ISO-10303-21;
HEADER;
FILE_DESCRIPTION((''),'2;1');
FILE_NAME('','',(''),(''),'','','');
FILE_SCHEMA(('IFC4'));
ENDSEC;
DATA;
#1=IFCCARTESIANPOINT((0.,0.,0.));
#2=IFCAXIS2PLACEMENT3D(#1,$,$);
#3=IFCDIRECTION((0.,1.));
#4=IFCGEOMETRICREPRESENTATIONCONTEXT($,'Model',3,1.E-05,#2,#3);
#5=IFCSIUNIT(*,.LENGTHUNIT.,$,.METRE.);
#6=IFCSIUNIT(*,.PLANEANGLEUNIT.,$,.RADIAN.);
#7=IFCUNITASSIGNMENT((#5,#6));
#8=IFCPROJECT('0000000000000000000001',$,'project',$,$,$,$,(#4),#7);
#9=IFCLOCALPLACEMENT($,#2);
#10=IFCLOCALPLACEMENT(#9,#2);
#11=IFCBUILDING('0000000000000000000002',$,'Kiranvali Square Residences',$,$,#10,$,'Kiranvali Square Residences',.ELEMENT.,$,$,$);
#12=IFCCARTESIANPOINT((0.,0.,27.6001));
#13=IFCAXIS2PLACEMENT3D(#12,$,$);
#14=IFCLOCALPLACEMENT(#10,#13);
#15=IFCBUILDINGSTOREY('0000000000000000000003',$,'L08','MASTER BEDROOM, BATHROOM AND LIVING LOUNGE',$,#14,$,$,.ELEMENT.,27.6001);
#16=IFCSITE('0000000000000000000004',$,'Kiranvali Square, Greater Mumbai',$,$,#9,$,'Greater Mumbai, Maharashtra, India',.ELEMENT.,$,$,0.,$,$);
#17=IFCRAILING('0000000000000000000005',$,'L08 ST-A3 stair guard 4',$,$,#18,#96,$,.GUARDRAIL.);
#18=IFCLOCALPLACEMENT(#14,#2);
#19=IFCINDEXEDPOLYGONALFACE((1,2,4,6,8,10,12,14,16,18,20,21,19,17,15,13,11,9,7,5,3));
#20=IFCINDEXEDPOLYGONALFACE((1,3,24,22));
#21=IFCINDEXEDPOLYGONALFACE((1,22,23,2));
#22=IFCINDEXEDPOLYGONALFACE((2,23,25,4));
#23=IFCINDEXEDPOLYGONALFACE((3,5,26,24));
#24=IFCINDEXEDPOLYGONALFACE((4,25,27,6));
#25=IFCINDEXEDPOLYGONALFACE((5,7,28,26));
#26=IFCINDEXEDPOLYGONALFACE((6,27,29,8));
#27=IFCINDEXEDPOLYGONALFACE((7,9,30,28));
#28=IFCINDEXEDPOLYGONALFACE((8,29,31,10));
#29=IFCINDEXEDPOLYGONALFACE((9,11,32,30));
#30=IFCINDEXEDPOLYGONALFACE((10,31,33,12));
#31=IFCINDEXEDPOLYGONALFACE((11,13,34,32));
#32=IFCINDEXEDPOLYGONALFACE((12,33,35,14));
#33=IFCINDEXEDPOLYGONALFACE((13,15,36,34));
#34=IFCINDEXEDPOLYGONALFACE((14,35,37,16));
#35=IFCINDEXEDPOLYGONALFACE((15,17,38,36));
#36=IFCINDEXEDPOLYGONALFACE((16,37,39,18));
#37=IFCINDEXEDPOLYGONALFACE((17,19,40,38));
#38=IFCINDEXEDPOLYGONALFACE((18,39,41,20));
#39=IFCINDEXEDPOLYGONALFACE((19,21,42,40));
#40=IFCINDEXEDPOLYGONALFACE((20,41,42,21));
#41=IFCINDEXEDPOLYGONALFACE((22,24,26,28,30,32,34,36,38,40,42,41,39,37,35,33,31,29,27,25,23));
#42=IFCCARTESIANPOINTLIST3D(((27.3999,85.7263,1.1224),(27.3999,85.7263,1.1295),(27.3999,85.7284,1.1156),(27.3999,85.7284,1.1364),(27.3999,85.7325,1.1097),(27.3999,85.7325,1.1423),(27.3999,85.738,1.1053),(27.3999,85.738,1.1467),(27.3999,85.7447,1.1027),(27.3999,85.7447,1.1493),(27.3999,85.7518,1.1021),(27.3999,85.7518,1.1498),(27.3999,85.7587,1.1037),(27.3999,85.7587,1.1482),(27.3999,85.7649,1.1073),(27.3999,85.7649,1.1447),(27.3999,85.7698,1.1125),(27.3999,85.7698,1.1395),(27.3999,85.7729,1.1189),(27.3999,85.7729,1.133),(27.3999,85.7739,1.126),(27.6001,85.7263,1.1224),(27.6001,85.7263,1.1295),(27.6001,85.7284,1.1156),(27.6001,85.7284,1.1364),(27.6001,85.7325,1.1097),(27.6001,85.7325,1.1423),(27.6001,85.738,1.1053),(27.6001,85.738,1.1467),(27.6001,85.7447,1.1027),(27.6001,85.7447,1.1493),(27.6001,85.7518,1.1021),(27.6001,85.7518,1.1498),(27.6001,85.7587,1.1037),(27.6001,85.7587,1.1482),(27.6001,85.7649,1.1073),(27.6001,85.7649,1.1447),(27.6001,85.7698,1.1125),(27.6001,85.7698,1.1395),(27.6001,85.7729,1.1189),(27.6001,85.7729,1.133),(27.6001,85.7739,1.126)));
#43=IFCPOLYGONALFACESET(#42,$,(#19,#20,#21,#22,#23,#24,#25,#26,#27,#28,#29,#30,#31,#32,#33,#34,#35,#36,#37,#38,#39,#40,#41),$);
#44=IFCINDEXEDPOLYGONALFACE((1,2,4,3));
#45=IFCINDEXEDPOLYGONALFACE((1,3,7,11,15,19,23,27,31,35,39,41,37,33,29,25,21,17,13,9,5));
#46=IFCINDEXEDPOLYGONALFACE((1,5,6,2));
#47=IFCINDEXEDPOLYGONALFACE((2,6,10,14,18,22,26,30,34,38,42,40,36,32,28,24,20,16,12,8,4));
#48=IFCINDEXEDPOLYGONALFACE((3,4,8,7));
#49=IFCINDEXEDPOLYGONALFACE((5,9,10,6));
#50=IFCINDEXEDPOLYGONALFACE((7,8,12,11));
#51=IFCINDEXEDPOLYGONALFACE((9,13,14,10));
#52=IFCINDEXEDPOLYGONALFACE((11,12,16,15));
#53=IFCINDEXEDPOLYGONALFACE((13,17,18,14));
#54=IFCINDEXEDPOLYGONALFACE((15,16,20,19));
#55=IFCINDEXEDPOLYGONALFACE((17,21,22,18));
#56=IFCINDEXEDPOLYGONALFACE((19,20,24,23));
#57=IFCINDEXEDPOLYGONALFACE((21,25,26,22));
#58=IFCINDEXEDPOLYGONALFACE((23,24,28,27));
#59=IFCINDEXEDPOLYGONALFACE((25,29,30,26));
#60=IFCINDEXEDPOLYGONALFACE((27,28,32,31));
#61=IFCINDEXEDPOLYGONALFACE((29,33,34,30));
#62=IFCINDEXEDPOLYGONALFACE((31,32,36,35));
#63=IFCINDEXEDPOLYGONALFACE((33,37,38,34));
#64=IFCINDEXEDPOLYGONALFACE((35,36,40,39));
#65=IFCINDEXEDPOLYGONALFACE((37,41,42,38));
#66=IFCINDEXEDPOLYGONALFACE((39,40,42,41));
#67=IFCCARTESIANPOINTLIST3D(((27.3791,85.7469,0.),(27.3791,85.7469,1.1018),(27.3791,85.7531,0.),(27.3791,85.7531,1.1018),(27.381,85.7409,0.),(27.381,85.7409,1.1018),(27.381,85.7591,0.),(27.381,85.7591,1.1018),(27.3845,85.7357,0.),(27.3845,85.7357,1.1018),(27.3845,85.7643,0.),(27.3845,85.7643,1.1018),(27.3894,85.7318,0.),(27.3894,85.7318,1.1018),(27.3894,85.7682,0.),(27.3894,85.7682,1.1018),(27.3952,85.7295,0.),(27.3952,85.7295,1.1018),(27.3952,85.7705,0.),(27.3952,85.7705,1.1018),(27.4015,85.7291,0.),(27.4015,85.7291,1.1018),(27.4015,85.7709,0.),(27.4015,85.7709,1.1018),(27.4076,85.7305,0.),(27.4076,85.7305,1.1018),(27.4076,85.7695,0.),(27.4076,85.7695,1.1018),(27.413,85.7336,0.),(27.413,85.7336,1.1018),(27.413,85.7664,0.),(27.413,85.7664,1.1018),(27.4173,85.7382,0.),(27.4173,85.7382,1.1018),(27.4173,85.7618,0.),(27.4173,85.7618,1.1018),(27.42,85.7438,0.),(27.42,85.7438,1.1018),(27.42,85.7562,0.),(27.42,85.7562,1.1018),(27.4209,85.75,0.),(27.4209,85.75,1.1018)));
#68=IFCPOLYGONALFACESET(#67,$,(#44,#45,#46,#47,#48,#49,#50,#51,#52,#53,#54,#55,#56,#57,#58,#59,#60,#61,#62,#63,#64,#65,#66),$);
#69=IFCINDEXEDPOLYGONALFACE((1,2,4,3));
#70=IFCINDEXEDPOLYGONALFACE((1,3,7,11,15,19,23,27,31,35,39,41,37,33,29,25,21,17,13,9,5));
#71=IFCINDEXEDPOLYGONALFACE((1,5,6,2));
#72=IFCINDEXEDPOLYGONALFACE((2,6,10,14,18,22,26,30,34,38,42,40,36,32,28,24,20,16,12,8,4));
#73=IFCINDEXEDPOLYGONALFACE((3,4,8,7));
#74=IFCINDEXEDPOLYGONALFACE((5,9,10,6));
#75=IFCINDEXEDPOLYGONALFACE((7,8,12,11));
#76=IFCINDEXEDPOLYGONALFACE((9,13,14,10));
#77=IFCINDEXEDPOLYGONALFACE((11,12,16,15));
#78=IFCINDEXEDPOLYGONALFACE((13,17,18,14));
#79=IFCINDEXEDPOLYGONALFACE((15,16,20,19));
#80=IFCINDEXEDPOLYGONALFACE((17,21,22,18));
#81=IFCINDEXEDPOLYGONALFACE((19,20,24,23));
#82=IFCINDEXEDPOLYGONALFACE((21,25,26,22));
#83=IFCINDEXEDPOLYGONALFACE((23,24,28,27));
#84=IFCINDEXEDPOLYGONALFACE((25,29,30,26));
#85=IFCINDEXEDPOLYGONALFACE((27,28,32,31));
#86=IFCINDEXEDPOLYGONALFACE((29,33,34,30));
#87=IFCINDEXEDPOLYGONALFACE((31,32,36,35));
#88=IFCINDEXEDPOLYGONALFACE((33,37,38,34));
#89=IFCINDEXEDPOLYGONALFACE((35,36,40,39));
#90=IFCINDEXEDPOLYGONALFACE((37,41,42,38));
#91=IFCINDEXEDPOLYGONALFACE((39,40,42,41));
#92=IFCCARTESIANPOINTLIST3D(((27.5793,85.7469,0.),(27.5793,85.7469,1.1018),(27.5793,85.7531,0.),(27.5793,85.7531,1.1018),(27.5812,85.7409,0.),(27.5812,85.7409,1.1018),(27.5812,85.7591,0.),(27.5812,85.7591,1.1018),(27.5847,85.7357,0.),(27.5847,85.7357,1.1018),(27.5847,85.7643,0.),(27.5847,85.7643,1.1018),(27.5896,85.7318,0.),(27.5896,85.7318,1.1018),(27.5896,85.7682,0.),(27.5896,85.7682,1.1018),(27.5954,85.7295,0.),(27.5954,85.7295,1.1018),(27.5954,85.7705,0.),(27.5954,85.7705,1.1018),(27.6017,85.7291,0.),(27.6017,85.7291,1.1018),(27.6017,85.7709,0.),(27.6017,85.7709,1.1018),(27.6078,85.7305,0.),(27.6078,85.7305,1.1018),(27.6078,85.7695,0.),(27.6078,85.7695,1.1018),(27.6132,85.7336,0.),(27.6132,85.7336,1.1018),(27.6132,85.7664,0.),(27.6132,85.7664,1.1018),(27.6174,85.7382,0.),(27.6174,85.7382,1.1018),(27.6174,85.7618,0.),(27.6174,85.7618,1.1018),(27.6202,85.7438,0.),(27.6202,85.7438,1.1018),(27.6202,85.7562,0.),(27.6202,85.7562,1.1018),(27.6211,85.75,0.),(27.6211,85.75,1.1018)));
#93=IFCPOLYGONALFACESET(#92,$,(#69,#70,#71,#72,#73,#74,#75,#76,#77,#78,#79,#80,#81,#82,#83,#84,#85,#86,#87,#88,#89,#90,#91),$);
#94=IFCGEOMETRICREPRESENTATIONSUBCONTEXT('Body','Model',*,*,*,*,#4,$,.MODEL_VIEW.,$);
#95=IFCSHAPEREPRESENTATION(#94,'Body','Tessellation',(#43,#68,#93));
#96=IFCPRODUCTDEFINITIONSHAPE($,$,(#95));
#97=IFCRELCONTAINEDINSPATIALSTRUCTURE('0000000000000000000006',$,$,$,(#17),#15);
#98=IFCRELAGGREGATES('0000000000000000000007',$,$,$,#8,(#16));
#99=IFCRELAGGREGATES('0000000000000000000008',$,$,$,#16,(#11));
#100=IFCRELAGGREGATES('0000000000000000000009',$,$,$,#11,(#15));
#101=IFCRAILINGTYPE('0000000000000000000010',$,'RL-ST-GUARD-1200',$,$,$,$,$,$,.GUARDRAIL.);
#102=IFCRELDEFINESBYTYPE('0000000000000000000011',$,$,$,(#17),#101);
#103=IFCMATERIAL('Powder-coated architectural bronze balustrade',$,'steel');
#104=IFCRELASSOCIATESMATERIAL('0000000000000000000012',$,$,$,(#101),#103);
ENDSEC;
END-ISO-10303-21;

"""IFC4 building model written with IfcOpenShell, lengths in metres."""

from ifc_helpers import new_model, si_unit, direction, frame, origin, origin_2d, place, context, subcontext, project, spatial, circle, extrude, material, type_object, element, save


model = new_model("IFC4")

# Units and contexts
model_context = context("Model", 3, precision=1e-05, world=origin(), true_north=direction((0.0, 1.0)))
body_context = subcontext(model_context, "Body", "Model", "MODEL_VIEW")
ifc_project = project(units=[si_unit("LENGTHUNIT", "METRE"), si_unit("PLANEANGLEUNIT", "RADIAN")], contexts=[model_context])

# Site, building, storey
site_placement = place(None, origin())
site = spatial("IfcSite", under=ifc_project, at=site_placement, Name="Kiranvali Square, Greater Mumbai", LongName="Greater Mumbai, Maharashtra, India", CompositionType="ELEMENT", RefElevation=0.0)
building_placement = place(site_placement, origin())
building = spatial("IfcBuilding", under=site, at=building_placement, Name="Kiranvali Square Residences", LongName="Kiranvali Square Residences", CompositionType="ELEMENT")
storey_placement = place(building_placement, frame((0.0, 0.0, 27.6001)))
storey = spatial("IfcBuildingStorey", under=building, at=storey_placement, Name="L08", Description="MASTER BEDROOM, BATHROOM AND LIVING LOUNGE", CompositionType="ELEMENT", Elevation=27.6001)

# Railing
ifc_material_1 = material(Name="Powder-coated architectural bronze balustrade", Category="steel")
railing_type = type_object("IfcRailingType", Name="RL-ST-GUARD-1200", PredefinedType="GUARDRAIL", material=ifc_material_1)
railing_1_placement = place(storey_placement, frame((27.3999, 85.75, 0.0)))
element("IfcRailing", 1, at=railing_1_placement, inside=storey, type_object=railing_type, Name="L08 ST-A3 stair guard 4", PredefinedType="GUARDRAIL", context=body_context, shape_type="SweptSolid", body=[
    extrude(circle(Radius=0.0239, at=origin_2d()), frame((0.0, 0.0, 1.126), z_axis=(1.0, 0.0, 0.0), x_axis=(0.0, 1.0, 0.0)), (0.0, 0.0, 1.0), 0.2002),
    extrude(circle(Radius=0.021, at=origin_2d()), origin(), (0.0, 0.0, 1.0), 1.1018),
    extrude(circle(Radius=0.021, at=origin_2d()), frame((0.2002, 0.0, 0.0)), (0.0, 0.0, 1.0), 1.1018),
])

save(model, "model.ifc")
